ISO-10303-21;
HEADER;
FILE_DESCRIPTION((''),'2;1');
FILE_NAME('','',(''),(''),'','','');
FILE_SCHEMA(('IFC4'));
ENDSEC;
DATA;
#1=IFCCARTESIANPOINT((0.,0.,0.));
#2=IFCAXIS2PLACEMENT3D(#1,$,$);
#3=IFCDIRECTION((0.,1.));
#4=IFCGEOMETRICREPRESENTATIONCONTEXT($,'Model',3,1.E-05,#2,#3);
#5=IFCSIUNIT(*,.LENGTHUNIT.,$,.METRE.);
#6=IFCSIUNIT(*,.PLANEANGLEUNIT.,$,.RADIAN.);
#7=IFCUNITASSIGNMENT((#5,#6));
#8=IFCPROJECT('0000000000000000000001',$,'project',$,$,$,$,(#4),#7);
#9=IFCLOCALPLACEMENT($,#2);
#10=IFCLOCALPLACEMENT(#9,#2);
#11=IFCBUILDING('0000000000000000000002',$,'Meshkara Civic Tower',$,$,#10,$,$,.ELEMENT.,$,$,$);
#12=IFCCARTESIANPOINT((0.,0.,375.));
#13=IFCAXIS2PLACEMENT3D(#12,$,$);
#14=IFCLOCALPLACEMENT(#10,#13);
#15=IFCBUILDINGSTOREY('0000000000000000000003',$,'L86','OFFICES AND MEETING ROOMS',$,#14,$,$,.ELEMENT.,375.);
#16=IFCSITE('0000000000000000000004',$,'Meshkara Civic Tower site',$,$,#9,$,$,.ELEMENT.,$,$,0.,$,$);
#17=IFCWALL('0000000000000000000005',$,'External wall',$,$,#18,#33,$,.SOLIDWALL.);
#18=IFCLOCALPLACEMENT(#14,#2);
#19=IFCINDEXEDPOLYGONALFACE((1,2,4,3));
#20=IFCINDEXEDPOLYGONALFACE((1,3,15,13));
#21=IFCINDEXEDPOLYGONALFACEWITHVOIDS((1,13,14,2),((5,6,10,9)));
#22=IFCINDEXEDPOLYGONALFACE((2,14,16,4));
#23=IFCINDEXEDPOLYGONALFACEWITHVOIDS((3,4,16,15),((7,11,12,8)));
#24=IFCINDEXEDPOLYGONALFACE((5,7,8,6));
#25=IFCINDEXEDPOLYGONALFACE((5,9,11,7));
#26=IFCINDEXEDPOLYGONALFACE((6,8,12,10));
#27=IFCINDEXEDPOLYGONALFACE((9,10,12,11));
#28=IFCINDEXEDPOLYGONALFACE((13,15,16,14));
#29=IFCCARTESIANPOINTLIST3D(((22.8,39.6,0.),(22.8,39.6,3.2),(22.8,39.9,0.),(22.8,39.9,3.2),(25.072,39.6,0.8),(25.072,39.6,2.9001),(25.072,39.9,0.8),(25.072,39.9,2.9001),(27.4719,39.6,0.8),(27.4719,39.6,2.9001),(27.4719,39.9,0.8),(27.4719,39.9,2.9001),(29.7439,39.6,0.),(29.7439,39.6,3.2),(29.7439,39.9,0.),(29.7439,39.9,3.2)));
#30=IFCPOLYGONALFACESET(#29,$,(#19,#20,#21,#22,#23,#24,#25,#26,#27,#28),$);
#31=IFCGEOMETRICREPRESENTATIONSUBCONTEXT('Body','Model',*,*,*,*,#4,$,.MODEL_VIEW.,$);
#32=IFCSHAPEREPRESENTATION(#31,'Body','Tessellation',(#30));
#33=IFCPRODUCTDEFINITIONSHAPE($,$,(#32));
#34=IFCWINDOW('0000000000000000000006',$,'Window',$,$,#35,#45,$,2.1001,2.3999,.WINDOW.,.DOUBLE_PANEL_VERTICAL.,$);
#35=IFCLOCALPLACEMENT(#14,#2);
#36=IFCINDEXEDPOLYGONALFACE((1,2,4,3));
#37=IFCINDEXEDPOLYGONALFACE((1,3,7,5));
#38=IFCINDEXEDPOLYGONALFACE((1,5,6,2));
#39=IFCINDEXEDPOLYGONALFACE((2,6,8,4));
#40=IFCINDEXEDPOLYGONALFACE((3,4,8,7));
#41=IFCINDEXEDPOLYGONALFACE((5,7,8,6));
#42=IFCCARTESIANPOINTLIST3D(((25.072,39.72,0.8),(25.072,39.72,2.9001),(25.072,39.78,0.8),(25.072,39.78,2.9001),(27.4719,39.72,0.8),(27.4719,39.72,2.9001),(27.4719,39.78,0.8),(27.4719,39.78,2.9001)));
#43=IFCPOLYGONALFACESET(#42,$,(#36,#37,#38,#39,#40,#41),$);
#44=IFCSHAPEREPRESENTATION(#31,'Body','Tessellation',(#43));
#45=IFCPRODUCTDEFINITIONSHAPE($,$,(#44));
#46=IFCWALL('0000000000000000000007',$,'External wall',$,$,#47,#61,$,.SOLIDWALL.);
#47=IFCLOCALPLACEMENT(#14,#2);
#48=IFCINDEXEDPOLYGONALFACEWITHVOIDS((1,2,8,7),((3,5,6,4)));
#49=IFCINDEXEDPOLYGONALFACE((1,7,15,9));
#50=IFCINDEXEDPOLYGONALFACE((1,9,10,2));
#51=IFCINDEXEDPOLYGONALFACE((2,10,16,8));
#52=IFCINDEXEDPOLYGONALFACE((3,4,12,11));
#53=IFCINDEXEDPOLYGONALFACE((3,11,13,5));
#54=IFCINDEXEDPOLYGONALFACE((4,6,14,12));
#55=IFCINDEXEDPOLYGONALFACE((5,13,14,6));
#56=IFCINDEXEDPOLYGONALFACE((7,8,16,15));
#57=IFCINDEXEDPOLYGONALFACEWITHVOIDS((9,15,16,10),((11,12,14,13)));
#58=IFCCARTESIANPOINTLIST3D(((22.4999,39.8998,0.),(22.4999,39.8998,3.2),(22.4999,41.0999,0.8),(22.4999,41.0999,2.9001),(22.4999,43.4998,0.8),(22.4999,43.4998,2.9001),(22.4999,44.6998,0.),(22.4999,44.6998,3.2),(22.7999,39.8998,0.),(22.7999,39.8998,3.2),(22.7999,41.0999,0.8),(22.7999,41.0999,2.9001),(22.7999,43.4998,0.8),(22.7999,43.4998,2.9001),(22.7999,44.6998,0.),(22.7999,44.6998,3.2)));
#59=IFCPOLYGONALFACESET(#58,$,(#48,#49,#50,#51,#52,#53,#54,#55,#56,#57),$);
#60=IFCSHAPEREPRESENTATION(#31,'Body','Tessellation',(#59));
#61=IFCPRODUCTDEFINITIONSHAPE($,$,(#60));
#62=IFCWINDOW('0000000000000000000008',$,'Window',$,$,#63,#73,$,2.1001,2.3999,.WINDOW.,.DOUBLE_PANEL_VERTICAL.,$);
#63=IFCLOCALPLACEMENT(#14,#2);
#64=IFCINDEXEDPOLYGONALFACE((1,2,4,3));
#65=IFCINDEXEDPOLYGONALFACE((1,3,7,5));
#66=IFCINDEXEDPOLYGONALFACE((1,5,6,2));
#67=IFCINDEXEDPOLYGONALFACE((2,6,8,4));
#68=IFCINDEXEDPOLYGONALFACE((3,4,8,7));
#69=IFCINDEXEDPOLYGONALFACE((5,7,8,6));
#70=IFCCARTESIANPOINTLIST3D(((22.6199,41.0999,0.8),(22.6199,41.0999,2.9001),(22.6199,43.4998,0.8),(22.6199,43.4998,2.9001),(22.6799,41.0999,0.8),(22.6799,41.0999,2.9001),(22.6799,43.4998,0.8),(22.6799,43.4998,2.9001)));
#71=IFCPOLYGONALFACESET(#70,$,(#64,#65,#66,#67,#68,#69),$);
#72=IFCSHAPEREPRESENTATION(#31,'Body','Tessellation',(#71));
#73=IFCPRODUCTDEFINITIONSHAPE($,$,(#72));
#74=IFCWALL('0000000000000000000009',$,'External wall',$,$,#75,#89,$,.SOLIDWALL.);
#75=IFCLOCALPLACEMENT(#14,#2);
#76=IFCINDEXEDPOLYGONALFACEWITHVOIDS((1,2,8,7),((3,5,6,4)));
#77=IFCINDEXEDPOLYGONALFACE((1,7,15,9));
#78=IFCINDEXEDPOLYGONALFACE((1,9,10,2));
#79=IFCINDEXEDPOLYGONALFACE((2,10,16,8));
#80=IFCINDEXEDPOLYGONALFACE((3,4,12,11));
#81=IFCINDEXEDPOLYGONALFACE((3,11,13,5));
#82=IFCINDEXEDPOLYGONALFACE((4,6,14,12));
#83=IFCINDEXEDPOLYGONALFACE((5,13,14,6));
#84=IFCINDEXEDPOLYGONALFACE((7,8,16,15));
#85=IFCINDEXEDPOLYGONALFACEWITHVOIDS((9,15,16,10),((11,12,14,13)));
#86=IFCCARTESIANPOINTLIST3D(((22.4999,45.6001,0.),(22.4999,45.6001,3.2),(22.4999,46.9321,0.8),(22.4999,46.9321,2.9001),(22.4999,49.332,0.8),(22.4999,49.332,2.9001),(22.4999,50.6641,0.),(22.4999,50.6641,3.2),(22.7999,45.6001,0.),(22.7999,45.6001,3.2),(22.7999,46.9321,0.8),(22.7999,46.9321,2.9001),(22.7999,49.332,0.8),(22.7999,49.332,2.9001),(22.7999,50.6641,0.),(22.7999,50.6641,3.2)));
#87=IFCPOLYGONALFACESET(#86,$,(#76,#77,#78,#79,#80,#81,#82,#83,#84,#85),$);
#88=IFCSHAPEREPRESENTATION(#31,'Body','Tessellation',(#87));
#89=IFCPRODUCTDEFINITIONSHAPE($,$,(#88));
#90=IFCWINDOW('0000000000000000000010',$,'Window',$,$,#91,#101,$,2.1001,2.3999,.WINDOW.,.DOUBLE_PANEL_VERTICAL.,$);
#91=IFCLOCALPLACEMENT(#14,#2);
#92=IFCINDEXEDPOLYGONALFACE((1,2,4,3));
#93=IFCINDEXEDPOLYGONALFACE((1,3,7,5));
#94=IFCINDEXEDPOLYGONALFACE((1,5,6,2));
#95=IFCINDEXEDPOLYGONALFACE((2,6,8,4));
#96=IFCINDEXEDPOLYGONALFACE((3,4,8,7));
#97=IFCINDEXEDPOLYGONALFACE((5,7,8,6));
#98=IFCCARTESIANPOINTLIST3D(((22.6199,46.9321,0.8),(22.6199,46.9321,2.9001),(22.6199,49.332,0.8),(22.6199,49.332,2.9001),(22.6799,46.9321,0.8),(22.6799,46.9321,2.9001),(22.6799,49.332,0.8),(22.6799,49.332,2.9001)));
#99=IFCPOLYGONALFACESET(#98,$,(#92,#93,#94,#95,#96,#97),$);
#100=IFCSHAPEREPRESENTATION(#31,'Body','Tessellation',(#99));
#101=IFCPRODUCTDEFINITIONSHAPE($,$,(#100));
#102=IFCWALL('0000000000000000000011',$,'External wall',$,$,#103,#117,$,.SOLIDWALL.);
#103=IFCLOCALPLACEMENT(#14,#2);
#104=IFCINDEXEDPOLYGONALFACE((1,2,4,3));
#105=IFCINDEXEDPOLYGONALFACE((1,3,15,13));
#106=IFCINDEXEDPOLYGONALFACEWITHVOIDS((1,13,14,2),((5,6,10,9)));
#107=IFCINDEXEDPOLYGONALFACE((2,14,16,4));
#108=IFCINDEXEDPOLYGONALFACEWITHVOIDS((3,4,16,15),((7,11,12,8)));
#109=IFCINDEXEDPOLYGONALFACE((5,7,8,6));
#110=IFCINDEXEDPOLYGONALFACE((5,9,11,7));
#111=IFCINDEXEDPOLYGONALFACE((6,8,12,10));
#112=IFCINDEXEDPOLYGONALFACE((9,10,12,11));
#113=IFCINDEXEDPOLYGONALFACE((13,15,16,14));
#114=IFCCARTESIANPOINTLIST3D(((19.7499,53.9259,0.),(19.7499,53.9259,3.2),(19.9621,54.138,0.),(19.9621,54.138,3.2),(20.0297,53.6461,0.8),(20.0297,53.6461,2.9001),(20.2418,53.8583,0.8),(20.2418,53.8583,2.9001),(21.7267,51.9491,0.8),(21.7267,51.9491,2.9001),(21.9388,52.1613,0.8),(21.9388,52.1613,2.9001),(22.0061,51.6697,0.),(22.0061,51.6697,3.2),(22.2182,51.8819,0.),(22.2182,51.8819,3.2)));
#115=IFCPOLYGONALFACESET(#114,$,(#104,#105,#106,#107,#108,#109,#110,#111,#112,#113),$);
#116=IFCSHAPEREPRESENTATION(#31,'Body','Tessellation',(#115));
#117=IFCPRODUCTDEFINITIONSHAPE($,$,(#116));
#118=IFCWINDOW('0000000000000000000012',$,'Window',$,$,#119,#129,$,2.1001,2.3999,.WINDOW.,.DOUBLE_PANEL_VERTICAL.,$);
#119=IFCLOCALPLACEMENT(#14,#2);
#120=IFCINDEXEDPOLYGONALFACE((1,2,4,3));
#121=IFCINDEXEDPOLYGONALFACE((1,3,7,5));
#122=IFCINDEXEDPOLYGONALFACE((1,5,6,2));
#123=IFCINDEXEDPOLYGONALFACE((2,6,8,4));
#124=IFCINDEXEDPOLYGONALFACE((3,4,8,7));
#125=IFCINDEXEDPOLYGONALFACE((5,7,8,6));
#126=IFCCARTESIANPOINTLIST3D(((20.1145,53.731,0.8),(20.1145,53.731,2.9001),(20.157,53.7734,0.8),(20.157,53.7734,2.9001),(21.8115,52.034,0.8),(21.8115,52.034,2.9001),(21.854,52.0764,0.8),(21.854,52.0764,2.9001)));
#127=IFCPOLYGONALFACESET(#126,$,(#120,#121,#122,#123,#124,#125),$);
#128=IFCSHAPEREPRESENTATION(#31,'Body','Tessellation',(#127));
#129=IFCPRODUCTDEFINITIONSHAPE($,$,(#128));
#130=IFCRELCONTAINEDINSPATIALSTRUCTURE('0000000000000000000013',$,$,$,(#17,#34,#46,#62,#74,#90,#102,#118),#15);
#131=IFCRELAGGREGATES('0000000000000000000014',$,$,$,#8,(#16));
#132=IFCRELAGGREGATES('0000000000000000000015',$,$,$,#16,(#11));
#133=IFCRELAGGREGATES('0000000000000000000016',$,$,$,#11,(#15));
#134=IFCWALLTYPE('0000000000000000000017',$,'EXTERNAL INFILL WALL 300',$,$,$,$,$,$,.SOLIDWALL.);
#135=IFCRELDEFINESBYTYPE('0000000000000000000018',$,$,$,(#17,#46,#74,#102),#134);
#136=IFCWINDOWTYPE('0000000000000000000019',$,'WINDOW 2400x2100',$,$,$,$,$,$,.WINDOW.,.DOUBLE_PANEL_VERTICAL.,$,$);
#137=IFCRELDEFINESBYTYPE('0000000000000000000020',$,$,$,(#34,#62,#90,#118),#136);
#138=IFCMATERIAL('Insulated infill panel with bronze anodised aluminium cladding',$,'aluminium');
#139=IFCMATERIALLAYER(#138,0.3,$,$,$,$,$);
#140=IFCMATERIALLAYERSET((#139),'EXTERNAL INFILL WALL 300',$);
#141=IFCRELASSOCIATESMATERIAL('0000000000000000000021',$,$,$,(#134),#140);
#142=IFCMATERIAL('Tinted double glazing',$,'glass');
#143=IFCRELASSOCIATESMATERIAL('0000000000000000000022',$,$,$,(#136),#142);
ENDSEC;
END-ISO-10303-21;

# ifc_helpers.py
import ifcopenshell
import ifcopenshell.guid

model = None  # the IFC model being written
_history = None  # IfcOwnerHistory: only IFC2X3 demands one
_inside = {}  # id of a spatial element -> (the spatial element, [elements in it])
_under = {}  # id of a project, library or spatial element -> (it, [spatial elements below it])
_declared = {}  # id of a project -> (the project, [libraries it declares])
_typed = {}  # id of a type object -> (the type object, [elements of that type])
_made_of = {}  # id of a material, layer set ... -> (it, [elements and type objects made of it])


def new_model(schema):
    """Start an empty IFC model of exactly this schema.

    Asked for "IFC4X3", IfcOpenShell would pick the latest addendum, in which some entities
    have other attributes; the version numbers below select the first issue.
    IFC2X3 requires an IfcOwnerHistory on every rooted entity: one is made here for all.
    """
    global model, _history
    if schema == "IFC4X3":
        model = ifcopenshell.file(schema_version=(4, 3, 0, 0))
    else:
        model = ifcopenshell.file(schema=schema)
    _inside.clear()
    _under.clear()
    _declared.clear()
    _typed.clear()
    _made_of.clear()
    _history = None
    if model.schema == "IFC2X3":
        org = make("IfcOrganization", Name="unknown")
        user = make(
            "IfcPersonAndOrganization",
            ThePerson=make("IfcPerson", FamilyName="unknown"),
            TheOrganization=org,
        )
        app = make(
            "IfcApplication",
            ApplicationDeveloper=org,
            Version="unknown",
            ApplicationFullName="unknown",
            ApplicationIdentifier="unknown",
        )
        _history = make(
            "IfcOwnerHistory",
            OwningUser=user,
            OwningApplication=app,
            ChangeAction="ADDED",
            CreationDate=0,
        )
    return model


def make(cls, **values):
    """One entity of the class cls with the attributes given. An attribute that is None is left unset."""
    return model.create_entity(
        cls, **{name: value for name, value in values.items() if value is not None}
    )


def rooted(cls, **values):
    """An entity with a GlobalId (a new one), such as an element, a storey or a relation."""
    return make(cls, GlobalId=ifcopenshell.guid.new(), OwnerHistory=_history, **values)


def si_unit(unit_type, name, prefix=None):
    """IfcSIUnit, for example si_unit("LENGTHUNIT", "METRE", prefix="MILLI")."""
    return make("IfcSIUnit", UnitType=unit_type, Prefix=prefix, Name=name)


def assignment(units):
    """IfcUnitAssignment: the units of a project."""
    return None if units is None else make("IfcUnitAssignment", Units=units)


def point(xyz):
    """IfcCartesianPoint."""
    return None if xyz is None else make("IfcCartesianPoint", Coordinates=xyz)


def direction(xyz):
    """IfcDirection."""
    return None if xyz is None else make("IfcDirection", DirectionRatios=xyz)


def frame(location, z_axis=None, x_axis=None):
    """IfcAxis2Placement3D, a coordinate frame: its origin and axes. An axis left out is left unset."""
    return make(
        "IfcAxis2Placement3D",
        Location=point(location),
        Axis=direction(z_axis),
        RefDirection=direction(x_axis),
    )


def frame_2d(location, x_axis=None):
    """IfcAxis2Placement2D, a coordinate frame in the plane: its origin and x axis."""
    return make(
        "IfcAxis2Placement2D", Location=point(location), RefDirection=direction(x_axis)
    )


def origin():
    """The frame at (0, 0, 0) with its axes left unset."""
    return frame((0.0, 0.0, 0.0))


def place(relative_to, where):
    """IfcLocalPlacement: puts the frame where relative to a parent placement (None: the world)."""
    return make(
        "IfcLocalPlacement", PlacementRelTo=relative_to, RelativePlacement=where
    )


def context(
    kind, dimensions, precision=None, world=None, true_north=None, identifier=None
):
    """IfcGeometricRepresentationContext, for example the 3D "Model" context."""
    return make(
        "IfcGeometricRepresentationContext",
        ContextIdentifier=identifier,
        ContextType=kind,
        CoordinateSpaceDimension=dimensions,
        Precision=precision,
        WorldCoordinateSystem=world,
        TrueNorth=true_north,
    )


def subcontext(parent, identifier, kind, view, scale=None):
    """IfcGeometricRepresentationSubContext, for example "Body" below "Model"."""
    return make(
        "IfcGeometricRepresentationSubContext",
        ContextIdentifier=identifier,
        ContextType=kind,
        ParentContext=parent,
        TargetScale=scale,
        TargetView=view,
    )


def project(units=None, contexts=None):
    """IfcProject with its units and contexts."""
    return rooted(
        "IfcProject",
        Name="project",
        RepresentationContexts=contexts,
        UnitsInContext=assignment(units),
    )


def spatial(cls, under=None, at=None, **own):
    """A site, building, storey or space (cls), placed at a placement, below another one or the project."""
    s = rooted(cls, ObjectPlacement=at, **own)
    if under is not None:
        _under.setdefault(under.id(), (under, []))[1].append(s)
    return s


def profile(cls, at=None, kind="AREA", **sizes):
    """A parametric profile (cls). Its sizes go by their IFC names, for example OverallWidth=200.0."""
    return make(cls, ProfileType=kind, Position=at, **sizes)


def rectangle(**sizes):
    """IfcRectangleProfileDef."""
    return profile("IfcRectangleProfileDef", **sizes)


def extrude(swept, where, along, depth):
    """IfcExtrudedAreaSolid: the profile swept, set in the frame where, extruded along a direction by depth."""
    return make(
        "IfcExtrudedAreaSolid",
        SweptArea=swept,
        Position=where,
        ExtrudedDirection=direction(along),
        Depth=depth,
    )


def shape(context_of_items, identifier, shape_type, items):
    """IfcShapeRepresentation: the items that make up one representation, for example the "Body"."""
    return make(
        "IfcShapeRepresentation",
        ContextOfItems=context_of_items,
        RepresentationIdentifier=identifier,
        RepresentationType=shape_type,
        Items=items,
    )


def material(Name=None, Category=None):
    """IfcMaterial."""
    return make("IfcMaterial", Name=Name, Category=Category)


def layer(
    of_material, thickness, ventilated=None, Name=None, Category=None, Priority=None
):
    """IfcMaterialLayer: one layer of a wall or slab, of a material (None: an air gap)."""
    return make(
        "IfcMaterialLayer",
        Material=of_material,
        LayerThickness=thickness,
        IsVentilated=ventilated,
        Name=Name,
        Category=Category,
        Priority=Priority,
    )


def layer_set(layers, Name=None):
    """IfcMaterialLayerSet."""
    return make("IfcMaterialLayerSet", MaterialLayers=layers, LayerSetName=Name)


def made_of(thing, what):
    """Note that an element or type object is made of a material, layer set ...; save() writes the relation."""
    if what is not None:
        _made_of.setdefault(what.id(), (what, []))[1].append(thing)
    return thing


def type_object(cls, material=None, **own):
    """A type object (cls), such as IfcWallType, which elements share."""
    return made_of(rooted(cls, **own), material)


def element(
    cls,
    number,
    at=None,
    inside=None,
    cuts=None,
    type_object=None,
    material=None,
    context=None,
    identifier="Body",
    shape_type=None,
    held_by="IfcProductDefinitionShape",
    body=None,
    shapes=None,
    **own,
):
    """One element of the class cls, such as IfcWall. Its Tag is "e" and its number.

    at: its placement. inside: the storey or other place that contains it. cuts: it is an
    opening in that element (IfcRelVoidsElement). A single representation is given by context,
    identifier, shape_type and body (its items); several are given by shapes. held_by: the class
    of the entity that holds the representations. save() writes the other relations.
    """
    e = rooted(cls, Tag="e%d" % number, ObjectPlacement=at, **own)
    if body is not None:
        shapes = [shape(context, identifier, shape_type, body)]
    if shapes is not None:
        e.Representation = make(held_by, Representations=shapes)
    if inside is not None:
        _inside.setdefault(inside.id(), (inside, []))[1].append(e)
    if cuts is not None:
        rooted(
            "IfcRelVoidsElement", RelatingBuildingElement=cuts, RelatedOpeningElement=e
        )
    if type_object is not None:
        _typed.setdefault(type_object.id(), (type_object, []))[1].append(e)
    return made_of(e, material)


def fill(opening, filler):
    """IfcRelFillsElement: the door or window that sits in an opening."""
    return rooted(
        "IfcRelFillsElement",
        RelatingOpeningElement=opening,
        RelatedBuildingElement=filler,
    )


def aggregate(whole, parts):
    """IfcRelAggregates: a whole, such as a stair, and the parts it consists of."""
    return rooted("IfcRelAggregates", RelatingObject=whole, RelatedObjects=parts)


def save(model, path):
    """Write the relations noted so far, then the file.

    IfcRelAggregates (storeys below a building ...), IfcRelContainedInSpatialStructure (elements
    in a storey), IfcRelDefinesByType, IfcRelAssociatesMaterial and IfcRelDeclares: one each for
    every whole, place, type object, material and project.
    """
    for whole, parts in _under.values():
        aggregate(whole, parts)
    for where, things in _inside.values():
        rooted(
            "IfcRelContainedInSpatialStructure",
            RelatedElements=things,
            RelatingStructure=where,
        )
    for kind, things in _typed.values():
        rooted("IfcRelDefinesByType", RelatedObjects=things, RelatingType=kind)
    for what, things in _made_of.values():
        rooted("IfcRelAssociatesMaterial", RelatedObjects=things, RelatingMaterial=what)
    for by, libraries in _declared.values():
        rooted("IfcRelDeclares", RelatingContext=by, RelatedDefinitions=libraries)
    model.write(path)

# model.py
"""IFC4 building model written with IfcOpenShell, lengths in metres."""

from ifc_helpers import new_model, si_unit, direction, frame, frame_2d, origin, place, context, subcontext, project, spatial, rectangle, extrude, material, layer, layer_set, type_object, element, fill, save


model = new_model("IFC4")

# Units and contexts
model_context = context("Model", 3, precision=1e-05, world=origin(), true_north=direction((0.0, 1.0)))
body_context = subcontext(model_context, "Body", "Model", "MODEL_VIEW")
ifc_project = project(units=[si_unit("LENGTHUNIT", "METRE"), si_unit("PLANEANGLEUNIT", "RADIAN")], contexts=[model_context])

# Site, building, storey
site_placement = place(None, origin())
site = spatial("IfcSite", under=ifc_project, at=site_placement, Name="Meshkara Civic Tower site", CompositionType="ELEMENT", RefElevation=0.0)
building_placement = place(site_placement, origin())
building = spatial("IfcBuilding", under=site, at=building_placement, Name="Meshkara Civic Tower", CompositionType="ELEMENT")
storey_placement = place(building_placement, frame((0.0, 0.0, 375.0)))
storey = spatial("IfcBuildingStorey", under=building, at=storey_placement, Name="L86", Description="OFFICES AND MEETING ROOMS", CompositionType="ELEMENT", Elevation=375.0)

# Walls, openings, windows
ifc_material_1 = material(Name="Insulated infill panel with bronze anodised aluminium cladding", Category="aluminium")
ifc_layer_1 = layer(ifc_material_1, 0.3)
ifc_layer_set_1 = layer_set([ifc_layer_1], Name="EXTERNAL INFILL WALL 300")
wall_type_1 = type_object("IfcWallType", Name="EXTERNAL INFILL WALL 300", PredefinedType="SOLIDWALL", material=ifc_layer_set_1)
ifc_material_2 = material(Name="Tinted double glazing", Category="glass")
window_type = type_object("IfcWindowType", Name="WINDOW 2400x2100", PartitioningType="DOUBLE_PANEL_VERTICAL", PredefinedType="WINDOW", material=ifc_material_2)
wall_1_placement = place(storey_placement, frame((29.7439, 39.75, 0.0), z_axis=(0.0, 0.0, 1.0), x_axis=(-1.0, 0.0, 0.0)))
wall_1 = element("IfcWall", 1, at=wall_1_placement, inside=storey, type_object=wall_type_1, Name="External wall", PredefinedType="SOLIDWALL", context=body_context, shape_type="SweptSolid", body=[
    extrude(rectangle(XDim=6.9438, YDim=0.3, at=frame_2d((3.4719, 0.0))), origin(), (0.0, 0.0, 1.0), 3.2),
])
opening_1_placement = place(wall_1_placement, frame((2.272, 0.0, 0.8)))
opening_1 = element("IfcOpeningElement", 2, at=opening_1_placement, cuts=wall_1, PredefinedType="OPENING", context=body_context, shape_type="SweptSolid", body=[
    extrude(rectangle(XDim=2.3999, YDim=2.1001, at=frame_2d((1.2, 1.05))), frame((0.0, 0.1599, 0.0), z_axis=(0.0, -1.0, 0.0), x_axis=(1.0, 0.0, 0.0)), (0.0, 0.0, 1.0), 0.3201),
])
window_1_placement = place(opening_1_placement, origin())
window_1 = element("IfcWindow", 3, at=window_1_placement, inside=storey, type_object=window_type, Name="Window", OverallHeight=2.1001, OverallWidth=2.3999, PartitioningType="DOUBLE_PANEL_VERTICAL", PredefinedType="WINDOW", context=body_context, shape_type="SweptSolid", body=[
    extrude(rectangle(XDim=2.3999, YDim=2.1001, at=frame_2d((1.2, 1.05))), frame((0.0, 0.03, 0.0), z_axis=(0.0, -1.0, 0.0), x_axis=(1.0, 0.0, 0.0)), (0.0, 0.0, 1.0), 0.0601),
])
fill(opening_1, window_1)
wall_2_placement = place(storey_placement, frame((22.6499, 39.8999, 0.0), z_axis=(0.0, 0.0, 1.0), x_axis=(0.0, 1.0, 0.0)))
wall_2 = element("IfcWall", 4, at=wall_2_placement, inside=storey, type_object=wall_type_1, Name="External wall", PredefinedType="SOLIDWALL", context=body_context, shape_type="SweptSolid", body=[
    extrude(rectangle(XDim=4.8, YDim=0.3, at=frame_2d((2.3999, 0.0))), origin(), (0.0, 0.0, 1.0), 3.2),
])
opening_2_placement = place(wall_2_placement, frame((1.2, 0.0, 0.8)))
opening_2 = element("IfcOpeningElement", 5, at=opening_2_placement, cuts=wall_2, PredefinedType="OPENING", context=body_context, shape_type="SweptSolid", body=[
    extrude(rectangle(XDim=2.3999, YDim=2.1001, at=frame_2d((1.2, 1.05))), frame((0.0, 0.1599, 0.0), z_axis=(0.0, -1.0, 0.0), x_axis=(1.0, 0.0, 0.0)), (0.0, 0.0, 1.0), 0.3201),
])
window_2_placement = place(opening_2_placement, origin())
window_2 = element("IfcWindow", 6, at=window_2_placement, inside=storey, type_object=window_type, Name="Window", OverallHeight=2.1001, OverallWidth=2.3999, PartitioningType="DOUBLE_PANEL_VERTICAL", PredefinedType="WINDOW", context=body_context, shape_type="SweptSolid", body=[
    extrude(rectangle(XDim=2.3999, YDim=2.1001, at=frame_2d((1.2, 1.05))), frame((0.0, 0.03, 0.0), z_axis=(0.0, -1.0, 0.0), x_axis=(1.0, 0.0, 0.0)), (0.0, 0.0, 1.0), 0.0601),
])
fill(opening_2, window_2)
wall_3_placement = place(storey_placement, frame((22.6499, 45.6001, 0.0), z_axis=(0.0, 0.0, 1.0), x_axis=(0.0, 1.0, 0.0)))
wall_3 = element("IfcWall", 7, at=wall_3_placement, inside=storey, type_object=wall_type_1, Name="External wall", PredefinedType="SOLIDWALL", context=body_context, shape_type="SweptSolid", body=[
    extrude(rectangle(XDim=5.064, YDim=0.3, at=frame_2d((2.532, 0.0))), origin(), (0.0, 0.0, 1.0), 3.2),
])
opening_3_placement = place(wall_3_placement, frame((1.332, 0.0, 0.8)))
opening_3 = element("IfcOpeningElement", 8, at=opening_3_placement, cuts=wall_3, PredefinedType="OPENING", context=body_context, shape_type="SweptSolid", body=[
    extrude(rectangle(XDim=2.3999, YDim=2.1001, at=frame_2d((1.2, 1.05))), frame((0.0, 0.1599, 0.0), z_axis=(0.0, -1.0, 0.0), x_axis=(1.0, 0.0, 0.0)), (0.0, 0.0, 1.0), 0.3201),
])
window_3_placement = place(opening_3_placement, origin())
window_3 = element("IfcWindow", 9, at=window_3_placement, inside=storey, type_object=window_type, Name="Window", OverallHeight=2.1001, OverallWidth=2.3999, PartitioningType="DOUBLE_PANEL_VERTICAL", PredefinedType="WINDOW", context=body_context, shape_type="SweptSolid", body=[
    extrude(rectangle(XDim=2.3999, YDim=2.1001, at=frame_2d((1.2, 1.05))), frame((0.0, 0.03, 0.0), z_axis=(0.0, -1.0, 0.0), x_axis=(1.0, 0.0, 0.0)), (0.0, 0.0, 1.0), 0.0601),
])
fill(opening_3, window_3)
wall_4_placement = place(storey_placement, frame((22.1121, 51.7759, 0.0), z_axis=(0.0, 0.0, 1.0), x_axis=(-0.707107, 0.707107, 0.0)))
wall_4 = element("IfcWall", 10, at=wall_4_placement, inside=storey, type_object=wall_type_1, Name="External wall", PredefinedType="SOLIDWALL", context=body_context, shape_type="SweptSolid", body=[
    extrude(rectangle(XDim=3.1907, YDim=0.3, at=frame_2d((1.5952, 0.0))), origin(), (0.0, 0.0, 1.0), 3.2),
])
opening_4_placement = place(wall_4_placement, frame((0.395, 0.0, 0.8)))
opening_4 = element("IfcOpeningElement", 11, at=opening_4_placement, cuts=wall_4, PredefinedType="OPENING", context=body_context, shape_type="SweptSolid", body=[
    extrude(rectangle(XDim=2.3999, YDim=2.1001, at=frame_2d((1.2, 1.05))), frame((0.0, 0.1599, 0.0), z_axis=(0.0, -1.0, 0.0), x_axis=(1.0, 0.0, 0.0)), (0.0, 0.0, 1.0), 0.3201),
])
window_4_placement = place(opening_4_placement, origin())
window_4 = element("IfcWindow", 12, at=window_4_placement, inside=storey, type_object=window_type, Name="Window", OverallHeight=2.1001, OverallWidth=2.3999, PartitioningType="DOUBLE_PANEL_VERTICAL", PredefinedType="WINDOW", context=body_context, shape_type="SweptSolid", body=[
    extrude(rectangle(XDim=2.3999, YDim=2.1001, at=frame_2d((1.2, 1.05))), frame((0.0, 0.03, 0.0), z_axis=(0.0, -1.0, 0.0), x_axis=(1.0, 0.0, 0.0)), (0.0, 0.0, 1.0), 0.0601),
])
fill(opening_4, window_4)

save(model, "model.ifc")
